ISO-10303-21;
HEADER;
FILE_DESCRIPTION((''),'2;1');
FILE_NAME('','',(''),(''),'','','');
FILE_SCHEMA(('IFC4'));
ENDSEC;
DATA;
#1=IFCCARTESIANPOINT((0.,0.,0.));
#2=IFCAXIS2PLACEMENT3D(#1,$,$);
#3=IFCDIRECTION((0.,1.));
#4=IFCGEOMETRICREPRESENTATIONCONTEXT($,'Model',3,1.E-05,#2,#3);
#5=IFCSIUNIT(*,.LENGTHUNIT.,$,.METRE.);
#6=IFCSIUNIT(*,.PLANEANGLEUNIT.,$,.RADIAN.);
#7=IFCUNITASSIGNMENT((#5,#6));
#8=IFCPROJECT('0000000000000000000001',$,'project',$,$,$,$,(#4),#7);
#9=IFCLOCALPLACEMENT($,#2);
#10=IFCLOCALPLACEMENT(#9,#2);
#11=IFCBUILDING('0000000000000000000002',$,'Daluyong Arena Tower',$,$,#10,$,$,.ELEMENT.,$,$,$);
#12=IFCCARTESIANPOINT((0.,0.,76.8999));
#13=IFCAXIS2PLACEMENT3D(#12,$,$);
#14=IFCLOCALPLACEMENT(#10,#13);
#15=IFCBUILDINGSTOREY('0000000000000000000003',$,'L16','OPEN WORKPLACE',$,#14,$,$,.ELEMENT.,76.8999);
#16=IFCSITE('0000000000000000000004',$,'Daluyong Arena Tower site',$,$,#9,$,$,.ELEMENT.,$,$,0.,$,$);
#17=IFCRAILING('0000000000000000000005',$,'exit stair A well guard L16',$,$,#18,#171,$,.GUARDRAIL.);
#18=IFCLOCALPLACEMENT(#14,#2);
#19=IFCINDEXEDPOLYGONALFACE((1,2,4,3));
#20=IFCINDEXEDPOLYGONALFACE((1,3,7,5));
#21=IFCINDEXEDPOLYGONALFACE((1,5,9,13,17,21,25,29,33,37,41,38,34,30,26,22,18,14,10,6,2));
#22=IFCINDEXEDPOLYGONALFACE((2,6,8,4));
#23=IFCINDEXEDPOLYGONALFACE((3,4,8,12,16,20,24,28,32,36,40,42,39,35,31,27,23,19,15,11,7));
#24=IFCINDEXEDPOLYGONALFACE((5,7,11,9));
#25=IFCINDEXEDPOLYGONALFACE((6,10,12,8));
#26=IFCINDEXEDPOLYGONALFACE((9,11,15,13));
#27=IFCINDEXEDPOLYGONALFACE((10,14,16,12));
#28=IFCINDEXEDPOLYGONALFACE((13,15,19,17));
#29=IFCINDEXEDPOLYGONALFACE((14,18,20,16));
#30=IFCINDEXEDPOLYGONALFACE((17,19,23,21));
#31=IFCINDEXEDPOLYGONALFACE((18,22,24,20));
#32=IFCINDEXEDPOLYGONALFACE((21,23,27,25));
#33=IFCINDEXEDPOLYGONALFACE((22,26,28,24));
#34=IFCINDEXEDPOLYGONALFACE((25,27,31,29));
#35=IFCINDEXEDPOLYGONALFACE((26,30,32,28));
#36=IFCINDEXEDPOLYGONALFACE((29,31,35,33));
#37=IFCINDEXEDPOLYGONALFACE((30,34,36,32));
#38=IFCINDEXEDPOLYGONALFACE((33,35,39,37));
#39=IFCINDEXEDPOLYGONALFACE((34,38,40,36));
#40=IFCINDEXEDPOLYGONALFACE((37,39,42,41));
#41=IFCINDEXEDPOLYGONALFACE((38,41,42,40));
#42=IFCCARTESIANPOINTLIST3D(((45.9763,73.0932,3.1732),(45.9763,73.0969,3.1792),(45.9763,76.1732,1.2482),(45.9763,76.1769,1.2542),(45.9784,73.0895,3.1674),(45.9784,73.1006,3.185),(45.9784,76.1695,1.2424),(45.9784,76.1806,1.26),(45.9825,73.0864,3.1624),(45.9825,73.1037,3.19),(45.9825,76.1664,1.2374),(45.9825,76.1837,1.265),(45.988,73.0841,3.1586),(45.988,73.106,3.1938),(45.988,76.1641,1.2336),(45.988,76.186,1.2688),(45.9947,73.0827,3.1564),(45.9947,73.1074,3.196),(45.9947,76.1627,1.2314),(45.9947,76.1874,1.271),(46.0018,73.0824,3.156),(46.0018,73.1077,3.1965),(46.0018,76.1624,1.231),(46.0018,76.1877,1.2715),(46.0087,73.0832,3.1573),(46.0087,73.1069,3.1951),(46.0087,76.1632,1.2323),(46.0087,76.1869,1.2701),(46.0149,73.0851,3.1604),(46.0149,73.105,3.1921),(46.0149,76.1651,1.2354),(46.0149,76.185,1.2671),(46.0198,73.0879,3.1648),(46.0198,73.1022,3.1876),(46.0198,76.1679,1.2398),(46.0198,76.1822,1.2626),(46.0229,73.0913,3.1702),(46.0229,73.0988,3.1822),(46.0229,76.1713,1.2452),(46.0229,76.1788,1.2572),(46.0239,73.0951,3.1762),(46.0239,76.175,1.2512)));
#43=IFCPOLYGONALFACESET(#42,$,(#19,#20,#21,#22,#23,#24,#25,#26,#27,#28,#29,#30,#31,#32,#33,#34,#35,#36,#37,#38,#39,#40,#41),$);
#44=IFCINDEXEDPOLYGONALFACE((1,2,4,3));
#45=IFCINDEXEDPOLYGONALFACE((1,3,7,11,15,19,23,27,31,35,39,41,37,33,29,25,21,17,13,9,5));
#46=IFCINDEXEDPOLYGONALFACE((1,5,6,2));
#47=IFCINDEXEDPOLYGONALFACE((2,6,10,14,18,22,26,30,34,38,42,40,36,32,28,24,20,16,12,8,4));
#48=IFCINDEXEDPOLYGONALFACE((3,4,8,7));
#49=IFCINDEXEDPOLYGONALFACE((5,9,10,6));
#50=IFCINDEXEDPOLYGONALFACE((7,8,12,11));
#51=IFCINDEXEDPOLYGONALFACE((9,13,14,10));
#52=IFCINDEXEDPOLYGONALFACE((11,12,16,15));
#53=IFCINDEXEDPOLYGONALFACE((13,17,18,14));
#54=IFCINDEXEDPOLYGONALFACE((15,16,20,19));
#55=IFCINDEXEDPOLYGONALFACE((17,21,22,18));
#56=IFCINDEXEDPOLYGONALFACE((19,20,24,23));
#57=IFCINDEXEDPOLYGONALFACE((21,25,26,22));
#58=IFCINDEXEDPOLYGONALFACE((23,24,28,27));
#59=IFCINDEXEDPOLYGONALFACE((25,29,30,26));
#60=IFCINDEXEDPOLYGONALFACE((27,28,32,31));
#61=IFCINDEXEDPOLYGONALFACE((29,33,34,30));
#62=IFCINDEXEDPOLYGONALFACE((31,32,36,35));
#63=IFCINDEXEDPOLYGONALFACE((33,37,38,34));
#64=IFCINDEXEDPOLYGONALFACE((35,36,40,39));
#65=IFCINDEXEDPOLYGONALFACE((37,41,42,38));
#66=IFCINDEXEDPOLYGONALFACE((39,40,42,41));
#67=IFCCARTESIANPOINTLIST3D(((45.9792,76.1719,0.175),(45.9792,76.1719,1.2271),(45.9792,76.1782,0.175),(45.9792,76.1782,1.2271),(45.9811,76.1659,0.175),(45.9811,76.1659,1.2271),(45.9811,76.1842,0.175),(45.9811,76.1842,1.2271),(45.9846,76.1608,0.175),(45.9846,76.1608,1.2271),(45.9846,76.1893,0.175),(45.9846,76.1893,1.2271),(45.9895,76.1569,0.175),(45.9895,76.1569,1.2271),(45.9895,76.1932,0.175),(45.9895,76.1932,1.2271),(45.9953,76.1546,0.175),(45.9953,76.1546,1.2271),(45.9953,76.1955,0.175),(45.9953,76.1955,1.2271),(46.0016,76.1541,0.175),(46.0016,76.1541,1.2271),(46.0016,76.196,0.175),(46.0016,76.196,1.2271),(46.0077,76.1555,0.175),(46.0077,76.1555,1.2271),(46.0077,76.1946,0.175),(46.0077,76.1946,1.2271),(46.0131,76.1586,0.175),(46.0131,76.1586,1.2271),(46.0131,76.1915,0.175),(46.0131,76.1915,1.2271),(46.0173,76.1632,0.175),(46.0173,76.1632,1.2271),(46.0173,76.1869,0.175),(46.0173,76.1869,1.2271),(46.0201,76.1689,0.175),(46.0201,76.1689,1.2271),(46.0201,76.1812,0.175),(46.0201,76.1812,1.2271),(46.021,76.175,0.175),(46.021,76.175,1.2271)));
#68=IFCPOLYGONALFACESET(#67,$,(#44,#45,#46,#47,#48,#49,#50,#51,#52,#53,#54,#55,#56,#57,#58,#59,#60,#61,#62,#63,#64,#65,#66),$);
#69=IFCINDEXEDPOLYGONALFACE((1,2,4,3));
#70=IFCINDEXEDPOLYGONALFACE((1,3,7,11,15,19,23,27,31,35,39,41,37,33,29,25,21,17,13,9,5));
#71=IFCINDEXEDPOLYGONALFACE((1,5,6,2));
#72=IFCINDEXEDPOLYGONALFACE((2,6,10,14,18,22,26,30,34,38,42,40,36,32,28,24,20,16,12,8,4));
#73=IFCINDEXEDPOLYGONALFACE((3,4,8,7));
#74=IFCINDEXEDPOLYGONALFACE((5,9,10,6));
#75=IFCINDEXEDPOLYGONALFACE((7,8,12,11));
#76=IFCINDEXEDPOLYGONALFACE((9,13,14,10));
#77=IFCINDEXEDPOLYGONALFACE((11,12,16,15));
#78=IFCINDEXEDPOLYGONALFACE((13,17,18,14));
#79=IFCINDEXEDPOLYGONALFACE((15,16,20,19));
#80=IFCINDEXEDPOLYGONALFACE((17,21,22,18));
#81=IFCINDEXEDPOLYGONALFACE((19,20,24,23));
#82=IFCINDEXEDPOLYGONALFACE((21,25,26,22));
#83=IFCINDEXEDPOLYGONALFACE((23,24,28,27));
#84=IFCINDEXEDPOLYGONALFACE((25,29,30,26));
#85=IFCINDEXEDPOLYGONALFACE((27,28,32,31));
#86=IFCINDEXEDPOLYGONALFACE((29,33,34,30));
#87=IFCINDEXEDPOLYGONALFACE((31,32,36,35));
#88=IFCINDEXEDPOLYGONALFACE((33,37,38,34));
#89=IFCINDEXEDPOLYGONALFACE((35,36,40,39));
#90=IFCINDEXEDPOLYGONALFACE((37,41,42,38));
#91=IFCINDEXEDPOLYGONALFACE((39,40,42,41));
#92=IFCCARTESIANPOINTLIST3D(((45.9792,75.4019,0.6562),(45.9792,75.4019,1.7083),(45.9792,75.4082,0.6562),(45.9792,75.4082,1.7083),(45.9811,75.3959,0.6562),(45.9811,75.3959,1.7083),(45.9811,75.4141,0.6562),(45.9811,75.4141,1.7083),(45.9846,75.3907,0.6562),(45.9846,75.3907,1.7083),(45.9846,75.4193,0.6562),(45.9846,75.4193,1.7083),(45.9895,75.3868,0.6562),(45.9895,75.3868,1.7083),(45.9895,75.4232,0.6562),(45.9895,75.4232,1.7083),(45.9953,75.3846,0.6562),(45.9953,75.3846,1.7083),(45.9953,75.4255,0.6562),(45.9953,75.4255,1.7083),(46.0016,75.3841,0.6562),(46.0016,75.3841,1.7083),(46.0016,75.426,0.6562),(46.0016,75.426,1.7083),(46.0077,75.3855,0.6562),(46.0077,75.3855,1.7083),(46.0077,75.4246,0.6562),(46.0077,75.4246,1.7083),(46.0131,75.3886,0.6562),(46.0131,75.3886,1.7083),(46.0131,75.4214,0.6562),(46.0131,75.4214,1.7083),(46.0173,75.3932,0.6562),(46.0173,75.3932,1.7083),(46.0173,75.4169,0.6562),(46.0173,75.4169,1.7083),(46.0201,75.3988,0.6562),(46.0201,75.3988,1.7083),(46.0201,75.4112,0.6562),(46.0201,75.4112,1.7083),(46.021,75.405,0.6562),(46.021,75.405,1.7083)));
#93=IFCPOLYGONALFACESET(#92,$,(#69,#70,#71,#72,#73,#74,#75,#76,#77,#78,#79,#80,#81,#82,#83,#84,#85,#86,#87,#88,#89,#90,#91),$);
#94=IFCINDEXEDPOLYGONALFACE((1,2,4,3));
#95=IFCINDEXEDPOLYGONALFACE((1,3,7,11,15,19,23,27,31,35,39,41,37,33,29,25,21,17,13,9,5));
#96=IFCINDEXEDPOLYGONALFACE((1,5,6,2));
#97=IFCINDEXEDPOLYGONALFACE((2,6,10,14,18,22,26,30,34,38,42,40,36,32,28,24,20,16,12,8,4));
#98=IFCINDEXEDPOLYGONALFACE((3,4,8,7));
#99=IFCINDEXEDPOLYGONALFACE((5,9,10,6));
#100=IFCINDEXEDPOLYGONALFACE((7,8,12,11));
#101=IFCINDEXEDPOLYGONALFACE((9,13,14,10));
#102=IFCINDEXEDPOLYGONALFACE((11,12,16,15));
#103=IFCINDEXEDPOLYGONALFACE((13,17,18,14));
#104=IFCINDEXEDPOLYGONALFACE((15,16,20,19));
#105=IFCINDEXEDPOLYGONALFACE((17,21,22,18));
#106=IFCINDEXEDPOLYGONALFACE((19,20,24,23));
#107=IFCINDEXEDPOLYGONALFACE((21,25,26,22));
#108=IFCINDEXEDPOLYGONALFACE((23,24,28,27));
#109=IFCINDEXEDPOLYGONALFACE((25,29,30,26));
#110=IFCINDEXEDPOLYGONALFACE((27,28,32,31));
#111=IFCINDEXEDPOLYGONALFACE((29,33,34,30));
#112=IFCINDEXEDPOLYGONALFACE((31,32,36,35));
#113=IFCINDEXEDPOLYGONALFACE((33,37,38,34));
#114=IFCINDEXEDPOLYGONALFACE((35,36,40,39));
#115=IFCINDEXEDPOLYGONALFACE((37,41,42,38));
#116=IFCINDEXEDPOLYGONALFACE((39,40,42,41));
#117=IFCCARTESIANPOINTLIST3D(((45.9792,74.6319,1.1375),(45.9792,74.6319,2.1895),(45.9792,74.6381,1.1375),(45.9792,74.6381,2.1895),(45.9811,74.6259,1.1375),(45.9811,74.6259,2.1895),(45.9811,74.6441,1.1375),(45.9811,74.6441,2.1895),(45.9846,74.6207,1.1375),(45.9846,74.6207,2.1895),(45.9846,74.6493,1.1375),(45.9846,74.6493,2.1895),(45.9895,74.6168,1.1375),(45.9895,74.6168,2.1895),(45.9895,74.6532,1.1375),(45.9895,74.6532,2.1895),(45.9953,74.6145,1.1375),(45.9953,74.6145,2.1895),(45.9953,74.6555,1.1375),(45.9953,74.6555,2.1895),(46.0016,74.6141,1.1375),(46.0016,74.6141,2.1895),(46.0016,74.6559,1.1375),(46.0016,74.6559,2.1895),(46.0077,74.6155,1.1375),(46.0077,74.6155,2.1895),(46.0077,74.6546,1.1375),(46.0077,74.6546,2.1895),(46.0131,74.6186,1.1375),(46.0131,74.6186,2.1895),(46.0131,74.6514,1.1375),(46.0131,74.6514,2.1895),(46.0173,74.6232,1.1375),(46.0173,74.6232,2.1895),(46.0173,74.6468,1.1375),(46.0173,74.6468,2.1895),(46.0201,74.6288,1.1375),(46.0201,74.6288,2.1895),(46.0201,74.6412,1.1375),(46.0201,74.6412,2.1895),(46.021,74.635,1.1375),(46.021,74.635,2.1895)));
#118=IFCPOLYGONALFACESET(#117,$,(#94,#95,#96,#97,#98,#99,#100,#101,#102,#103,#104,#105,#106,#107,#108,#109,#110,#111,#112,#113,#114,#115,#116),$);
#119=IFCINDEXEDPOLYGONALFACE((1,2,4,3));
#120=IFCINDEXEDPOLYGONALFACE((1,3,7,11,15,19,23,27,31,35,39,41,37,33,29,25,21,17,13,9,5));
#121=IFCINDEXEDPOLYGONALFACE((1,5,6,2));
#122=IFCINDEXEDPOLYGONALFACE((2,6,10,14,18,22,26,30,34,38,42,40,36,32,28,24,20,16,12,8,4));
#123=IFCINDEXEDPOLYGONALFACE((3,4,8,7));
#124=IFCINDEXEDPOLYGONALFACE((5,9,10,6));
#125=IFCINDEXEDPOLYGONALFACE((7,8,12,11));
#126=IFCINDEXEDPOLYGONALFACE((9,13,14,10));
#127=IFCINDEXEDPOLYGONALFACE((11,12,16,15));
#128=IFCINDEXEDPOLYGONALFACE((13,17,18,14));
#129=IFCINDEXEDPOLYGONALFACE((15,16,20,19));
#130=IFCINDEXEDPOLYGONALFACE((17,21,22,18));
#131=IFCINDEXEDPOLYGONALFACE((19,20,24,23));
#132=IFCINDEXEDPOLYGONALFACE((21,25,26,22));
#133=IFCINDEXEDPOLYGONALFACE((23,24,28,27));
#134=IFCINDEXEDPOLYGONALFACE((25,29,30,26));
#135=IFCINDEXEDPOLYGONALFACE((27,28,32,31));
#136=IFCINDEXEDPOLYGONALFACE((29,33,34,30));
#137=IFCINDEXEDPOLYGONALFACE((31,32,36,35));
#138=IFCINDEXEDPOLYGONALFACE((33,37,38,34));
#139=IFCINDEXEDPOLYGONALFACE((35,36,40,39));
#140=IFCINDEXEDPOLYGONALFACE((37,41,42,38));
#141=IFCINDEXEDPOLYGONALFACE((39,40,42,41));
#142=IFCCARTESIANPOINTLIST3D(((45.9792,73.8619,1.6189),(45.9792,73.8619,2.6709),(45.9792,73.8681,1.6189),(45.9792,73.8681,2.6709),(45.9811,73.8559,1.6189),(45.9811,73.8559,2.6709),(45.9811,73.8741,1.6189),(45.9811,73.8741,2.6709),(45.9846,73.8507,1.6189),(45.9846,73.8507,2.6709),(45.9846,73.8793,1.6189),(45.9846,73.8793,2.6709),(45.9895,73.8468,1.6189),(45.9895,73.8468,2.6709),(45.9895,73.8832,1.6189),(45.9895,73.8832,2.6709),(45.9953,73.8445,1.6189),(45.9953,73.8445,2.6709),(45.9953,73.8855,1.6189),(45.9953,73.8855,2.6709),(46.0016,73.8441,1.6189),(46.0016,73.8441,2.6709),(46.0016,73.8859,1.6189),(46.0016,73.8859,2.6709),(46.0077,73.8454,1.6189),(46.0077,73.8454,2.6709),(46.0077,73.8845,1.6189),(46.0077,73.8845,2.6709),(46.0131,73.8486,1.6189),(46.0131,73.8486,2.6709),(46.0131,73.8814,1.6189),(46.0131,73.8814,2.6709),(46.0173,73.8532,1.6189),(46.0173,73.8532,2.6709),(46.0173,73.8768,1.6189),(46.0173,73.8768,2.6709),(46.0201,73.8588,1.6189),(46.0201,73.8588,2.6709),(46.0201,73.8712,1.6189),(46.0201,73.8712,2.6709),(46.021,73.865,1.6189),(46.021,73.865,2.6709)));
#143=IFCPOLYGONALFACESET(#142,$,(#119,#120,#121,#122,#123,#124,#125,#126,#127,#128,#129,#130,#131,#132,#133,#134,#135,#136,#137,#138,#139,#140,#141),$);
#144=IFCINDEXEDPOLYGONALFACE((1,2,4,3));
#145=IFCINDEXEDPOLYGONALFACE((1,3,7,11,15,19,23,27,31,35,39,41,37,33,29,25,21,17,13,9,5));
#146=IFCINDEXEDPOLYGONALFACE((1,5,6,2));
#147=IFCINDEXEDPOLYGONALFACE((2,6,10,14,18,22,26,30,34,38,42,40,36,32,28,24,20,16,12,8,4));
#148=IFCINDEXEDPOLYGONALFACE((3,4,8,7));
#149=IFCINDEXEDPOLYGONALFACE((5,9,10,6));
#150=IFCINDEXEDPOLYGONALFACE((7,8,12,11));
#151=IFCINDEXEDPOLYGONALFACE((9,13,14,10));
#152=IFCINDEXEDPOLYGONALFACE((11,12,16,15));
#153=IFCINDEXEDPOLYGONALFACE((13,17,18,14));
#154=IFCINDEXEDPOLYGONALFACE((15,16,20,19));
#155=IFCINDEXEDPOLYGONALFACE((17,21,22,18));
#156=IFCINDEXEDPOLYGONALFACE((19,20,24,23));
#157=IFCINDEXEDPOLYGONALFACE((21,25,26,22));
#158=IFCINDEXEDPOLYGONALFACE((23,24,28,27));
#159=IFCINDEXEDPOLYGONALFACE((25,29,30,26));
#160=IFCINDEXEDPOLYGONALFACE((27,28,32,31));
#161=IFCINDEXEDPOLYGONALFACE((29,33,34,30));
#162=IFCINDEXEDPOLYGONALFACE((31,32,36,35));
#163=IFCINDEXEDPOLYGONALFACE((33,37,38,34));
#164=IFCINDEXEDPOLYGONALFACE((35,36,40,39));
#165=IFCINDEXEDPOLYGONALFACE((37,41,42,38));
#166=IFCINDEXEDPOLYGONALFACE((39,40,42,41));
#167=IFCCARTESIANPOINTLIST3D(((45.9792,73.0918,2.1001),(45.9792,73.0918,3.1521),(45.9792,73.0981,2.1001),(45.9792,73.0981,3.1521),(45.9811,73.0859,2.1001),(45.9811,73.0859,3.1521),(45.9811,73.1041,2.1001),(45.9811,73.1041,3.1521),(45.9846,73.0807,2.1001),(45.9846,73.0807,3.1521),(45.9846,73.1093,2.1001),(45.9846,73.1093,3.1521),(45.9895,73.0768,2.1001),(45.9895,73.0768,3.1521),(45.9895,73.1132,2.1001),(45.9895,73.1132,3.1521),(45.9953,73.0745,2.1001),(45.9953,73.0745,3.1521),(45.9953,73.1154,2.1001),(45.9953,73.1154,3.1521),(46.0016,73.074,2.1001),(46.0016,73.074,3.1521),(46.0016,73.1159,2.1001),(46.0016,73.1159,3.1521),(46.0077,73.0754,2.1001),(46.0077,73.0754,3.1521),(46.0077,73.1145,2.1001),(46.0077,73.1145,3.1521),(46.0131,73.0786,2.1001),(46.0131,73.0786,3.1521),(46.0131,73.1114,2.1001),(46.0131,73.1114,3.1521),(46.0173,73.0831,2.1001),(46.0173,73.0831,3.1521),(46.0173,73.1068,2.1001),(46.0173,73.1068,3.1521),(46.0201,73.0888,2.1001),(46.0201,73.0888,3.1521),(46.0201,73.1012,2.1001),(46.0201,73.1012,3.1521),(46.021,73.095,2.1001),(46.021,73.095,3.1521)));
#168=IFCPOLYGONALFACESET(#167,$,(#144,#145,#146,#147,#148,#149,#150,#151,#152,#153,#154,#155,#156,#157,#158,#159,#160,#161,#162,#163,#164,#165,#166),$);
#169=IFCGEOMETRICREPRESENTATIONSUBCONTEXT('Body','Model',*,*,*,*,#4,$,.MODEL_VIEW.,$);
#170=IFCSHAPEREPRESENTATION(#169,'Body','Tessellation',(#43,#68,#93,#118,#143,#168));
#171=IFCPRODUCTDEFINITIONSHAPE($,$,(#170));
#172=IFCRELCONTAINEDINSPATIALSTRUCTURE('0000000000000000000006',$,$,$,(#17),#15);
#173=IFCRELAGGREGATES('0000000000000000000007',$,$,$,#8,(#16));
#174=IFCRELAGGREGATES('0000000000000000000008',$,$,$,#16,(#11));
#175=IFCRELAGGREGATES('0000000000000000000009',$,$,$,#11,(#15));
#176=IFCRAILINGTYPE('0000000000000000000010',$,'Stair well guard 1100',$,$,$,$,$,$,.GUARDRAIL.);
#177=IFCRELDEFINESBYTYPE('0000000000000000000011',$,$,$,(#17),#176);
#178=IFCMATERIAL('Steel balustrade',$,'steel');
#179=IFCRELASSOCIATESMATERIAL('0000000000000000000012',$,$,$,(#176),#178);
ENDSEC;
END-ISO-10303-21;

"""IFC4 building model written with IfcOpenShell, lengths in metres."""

from ifc_helpers import new_model, si_unit, direction, frame, origin, origin_2d, place, context, subcontext, project, spatial, circle, extrude, material, type_object, element, save


model = new_model("IFC4")

# Units and contexts
model_context = context("Model", 3, precision=1e-05, world=origin(), true_north=direction((0.0, 1.0)))
body_context = subcontext(model_context, "Body", "Model", "MODEL_VIEW")
ifc_project = project(units=[si_unit("LENGTHUNIT", "METRE"), si_unit("PLANEANGLEUNIT", "RADIAN")], contexts=[model_context])

# Site, building, storey
site_placement = place(None, origin())
site = spatial("IfcSite", under=ifc_project, at=site_placement, Name="Daluyong Arena Tower site", CompositionType="ELEMENT", RefElevation=0.0)
building_placement = place(site_placement, origin())
building = spatial("IfcBuilding", under=site, at=building_placement, Name="Daluyong Arena Tower", CompositionType="ELEMENT")
storey_placement = place(building_placement, frame((0.0, 0.0, 76.8999)))
storey = spatial("IfcBuildingStorey", under=building, at=storey_placement, Name="L16", Description="OPEN WORKPLACE", CompositionType="ELEMENT", Elevation=76.8999)

# Railing
ifc_material_1 = material(Name="Steel balustrade", Category="steel")
railing_type_1 = type_object("IfcRailingType", Name="Stair well guard 1100", PredefinedType="GUARDRAIL", material=ifc_material_1)
railing_1_placement = place(storey_placement, frame((46.0, 76.175, 0.175)))
element("IfcRailing", 1, at=railing_1_placement, inside=storey, type_object=railing_type_1, Name="exit stair A well guard L16", PredefinedType="GUARDRAIL", context=body_context, shape_type="SweptSolid", body=[
    extrude(circle(Radius=0.0239, at=origin_2d()), frame((0.0, 0.0, 1.0762), z_axis=(0.0, -0.847998, 0.529999), x_axis=(1.0, 0.0, 0.0)), (0.0, 0.0, 1.0), 3.6321),
    extrude(circle(Radius=0.021, at=origin_2d()), origin(), (0.0, 0.0, 1.0), 1.052),
    extrude(circle(Radius=0.021, at=origin_2d()), frame((0.0, -0.77, 0.4812)), (0.0, 0.0, 1.0), 1.052),
    extrude(circle(Radius=0.021, at=origin_2d()), frame((0.0, -1.54, 0.9624)), (0.0, 0.0, 1.0), 1.052),
    extrude(circle(Radius=0.021, at=origin_2d()), frame((0.0, -2.3101, 1.4438)), (0.0, 0.0, 1.0), 1.052),
    extrude(circle(Radius=0.021, at=origin_2d()), frame((0.0, -3.0801, 1.925)), (0.0, 0.0, 1.0), 1.052),
])

save(model, "model.ifc")
